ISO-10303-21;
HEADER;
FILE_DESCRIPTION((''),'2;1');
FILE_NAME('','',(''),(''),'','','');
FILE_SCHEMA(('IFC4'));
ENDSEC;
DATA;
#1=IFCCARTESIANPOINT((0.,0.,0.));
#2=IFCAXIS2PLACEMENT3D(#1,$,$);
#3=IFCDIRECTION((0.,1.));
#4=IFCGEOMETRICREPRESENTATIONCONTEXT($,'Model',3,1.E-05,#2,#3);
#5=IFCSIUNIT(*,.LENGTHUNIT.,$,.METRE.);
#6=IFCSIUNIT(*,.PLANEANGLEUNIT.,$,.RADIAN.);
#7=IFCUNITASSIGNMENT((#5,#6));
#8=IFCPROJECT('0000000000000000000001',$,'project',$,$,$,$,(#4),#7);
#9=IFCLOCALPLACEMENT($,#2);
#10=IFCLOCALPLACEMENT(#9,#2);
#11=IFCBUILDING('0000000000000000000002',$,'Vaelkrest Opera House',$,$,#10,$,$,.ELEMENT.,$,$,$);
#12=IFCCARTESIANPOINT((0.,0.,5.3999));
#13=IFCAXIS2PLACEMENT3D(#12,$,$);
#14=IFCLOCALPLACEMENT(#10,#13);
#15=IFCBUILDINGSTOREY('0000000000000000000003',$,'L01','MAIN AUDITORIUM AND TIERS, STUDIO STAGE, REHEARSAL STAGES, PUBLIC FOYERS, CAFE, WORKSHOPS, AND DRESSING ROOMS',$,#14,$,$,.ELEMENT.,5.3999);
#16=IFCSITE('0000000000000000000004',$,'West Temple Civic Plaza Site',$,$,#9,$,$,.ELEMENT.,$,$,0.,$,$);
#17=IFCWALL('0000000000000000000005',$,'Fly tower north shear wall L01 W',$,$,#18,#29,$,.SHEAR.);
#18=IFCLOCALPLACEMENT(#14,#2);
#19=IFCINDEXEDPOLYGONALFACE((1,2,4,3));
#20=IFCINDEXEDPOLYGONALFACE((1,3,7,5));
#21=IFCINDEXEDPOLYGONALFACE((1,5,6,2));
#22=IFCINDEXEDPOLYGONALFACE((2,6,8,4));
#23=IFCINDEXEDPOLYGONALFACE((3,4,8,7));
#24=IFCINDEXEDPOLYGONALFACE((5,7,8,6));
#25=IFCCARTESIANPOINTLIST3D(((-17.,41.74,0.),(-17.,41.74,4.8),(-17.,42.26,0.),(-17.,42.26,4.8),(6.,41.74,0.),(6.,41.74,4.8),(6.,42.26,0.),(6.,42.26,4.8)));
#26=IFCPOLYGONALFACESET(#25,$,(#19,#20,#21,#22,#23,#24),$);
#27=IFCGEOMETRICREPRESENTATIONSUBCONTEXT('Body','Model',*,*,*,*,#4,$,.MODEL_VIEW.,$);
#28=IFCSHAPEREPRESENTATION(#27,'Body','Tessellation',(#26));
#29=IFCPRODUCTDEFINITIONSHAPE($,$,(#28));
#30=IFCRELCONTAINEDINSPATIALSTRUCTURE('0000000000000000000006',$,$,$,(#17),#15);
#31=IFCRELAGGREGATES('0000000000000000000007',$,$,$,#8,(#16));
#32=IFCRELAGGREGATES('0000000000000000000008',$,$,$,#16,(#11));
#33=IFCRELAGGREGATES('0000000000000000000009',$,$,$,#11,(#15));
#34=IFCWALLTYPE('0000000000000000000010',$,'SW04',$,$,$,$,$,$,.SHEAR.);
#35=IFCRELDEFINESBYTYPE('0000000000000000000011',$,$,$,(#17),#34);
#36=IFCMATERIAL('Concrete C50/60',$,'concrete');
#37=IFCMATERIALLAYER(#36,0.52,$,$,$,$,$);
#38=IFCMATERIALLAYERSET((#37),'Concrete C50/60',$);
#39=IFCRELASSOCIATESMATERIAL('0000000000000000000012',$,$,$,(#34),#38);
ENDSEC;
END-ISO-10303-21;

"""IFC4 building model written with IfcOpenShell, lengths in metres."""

from ifc_helpers import new_model, si_unit, direction, frame, frame_2d, origin, place, context, subcontext, project, spatial, rectangle, extrude, material, layer, layer_set, type_object, element, save


model = new_model("IFC4")

# Units and contexts
model_context = context("Model", 3, precision=1e-05, world=origin(), true_north=direction((0.0, 1.0)))
body_context = subcontext(model_context, "Body", "Model", "MODEL_VIEW")
ifc_project = project(units=[si_unit("LENGTHUNIT", "METRE"), si_unit("PLANEANGLEUNIT", "RADIAN")], contexts=[model_context])

# Site, building, storey
site_placement = place(None, origin())
site = spatial("IfcSite", under=ifc_project, at=site_placement, Name="West Temple Civic Plaza Site", CompositionType="ELEMENT", RefElevation=0.0)
building_placement = place(site_placement, origin())
building = spatial("IfcBuilding", under=site, at=building_placement, Name="Vaelkrest Opera House", CompositionType="ELEMENT")
storey_placement = place(building_placement, frame((0.0, 0.0, 5.3999)))
storey = spatial("IfcBuildingStorey", under=building, at=storey_placement, Name="L01", Description="MAIN AUDITORIUM AND TIERS, STUDIO STAGE, REHEARSAL STAGES, PUBLIC FOYERS, CAFE, WORKSHOPS, AND DRESSING ROOMS", CompositionType="ELEMENT", Elevation=5.3999)

# Shared definitions
ifc_material_1 = material(Name="Concrete C50/60", Category="concrete")

# Wall
ifc_layer_1 = layer(ifc_material_1, 0.52)
ifc_layer_set_1 = layer_set([ifc_layer_1], Name="Concrete C50/60")
wall_type_1 = type_object("IfcWallType", Name="SW04", PredefinedType="SHEAR", material=ifc_layer_set_1)
wall_1_placement = place(storey_placement, frame((-17.0, 42.0, 0.0), z_axis=(0.0, 0.0, 1.0), x_axis=(1.0, 0.0, 0.0)))
element("IfcWall", 1, at=wall_1_placement, inside=storey, type_object=wall_type_1, Name="Fly tower north shear wall L01 W", PredefinedType="SHEAR", context=body_context, shape_type="SweptSolid", body=[
    extrude(rectangle(XDim=23.0, YDim=0.52, at=frame_2d((11.5, 0.0))), origin(), (0.0, 0.0, 1.0), 4.8),
])

save(model, "model.ifc")
